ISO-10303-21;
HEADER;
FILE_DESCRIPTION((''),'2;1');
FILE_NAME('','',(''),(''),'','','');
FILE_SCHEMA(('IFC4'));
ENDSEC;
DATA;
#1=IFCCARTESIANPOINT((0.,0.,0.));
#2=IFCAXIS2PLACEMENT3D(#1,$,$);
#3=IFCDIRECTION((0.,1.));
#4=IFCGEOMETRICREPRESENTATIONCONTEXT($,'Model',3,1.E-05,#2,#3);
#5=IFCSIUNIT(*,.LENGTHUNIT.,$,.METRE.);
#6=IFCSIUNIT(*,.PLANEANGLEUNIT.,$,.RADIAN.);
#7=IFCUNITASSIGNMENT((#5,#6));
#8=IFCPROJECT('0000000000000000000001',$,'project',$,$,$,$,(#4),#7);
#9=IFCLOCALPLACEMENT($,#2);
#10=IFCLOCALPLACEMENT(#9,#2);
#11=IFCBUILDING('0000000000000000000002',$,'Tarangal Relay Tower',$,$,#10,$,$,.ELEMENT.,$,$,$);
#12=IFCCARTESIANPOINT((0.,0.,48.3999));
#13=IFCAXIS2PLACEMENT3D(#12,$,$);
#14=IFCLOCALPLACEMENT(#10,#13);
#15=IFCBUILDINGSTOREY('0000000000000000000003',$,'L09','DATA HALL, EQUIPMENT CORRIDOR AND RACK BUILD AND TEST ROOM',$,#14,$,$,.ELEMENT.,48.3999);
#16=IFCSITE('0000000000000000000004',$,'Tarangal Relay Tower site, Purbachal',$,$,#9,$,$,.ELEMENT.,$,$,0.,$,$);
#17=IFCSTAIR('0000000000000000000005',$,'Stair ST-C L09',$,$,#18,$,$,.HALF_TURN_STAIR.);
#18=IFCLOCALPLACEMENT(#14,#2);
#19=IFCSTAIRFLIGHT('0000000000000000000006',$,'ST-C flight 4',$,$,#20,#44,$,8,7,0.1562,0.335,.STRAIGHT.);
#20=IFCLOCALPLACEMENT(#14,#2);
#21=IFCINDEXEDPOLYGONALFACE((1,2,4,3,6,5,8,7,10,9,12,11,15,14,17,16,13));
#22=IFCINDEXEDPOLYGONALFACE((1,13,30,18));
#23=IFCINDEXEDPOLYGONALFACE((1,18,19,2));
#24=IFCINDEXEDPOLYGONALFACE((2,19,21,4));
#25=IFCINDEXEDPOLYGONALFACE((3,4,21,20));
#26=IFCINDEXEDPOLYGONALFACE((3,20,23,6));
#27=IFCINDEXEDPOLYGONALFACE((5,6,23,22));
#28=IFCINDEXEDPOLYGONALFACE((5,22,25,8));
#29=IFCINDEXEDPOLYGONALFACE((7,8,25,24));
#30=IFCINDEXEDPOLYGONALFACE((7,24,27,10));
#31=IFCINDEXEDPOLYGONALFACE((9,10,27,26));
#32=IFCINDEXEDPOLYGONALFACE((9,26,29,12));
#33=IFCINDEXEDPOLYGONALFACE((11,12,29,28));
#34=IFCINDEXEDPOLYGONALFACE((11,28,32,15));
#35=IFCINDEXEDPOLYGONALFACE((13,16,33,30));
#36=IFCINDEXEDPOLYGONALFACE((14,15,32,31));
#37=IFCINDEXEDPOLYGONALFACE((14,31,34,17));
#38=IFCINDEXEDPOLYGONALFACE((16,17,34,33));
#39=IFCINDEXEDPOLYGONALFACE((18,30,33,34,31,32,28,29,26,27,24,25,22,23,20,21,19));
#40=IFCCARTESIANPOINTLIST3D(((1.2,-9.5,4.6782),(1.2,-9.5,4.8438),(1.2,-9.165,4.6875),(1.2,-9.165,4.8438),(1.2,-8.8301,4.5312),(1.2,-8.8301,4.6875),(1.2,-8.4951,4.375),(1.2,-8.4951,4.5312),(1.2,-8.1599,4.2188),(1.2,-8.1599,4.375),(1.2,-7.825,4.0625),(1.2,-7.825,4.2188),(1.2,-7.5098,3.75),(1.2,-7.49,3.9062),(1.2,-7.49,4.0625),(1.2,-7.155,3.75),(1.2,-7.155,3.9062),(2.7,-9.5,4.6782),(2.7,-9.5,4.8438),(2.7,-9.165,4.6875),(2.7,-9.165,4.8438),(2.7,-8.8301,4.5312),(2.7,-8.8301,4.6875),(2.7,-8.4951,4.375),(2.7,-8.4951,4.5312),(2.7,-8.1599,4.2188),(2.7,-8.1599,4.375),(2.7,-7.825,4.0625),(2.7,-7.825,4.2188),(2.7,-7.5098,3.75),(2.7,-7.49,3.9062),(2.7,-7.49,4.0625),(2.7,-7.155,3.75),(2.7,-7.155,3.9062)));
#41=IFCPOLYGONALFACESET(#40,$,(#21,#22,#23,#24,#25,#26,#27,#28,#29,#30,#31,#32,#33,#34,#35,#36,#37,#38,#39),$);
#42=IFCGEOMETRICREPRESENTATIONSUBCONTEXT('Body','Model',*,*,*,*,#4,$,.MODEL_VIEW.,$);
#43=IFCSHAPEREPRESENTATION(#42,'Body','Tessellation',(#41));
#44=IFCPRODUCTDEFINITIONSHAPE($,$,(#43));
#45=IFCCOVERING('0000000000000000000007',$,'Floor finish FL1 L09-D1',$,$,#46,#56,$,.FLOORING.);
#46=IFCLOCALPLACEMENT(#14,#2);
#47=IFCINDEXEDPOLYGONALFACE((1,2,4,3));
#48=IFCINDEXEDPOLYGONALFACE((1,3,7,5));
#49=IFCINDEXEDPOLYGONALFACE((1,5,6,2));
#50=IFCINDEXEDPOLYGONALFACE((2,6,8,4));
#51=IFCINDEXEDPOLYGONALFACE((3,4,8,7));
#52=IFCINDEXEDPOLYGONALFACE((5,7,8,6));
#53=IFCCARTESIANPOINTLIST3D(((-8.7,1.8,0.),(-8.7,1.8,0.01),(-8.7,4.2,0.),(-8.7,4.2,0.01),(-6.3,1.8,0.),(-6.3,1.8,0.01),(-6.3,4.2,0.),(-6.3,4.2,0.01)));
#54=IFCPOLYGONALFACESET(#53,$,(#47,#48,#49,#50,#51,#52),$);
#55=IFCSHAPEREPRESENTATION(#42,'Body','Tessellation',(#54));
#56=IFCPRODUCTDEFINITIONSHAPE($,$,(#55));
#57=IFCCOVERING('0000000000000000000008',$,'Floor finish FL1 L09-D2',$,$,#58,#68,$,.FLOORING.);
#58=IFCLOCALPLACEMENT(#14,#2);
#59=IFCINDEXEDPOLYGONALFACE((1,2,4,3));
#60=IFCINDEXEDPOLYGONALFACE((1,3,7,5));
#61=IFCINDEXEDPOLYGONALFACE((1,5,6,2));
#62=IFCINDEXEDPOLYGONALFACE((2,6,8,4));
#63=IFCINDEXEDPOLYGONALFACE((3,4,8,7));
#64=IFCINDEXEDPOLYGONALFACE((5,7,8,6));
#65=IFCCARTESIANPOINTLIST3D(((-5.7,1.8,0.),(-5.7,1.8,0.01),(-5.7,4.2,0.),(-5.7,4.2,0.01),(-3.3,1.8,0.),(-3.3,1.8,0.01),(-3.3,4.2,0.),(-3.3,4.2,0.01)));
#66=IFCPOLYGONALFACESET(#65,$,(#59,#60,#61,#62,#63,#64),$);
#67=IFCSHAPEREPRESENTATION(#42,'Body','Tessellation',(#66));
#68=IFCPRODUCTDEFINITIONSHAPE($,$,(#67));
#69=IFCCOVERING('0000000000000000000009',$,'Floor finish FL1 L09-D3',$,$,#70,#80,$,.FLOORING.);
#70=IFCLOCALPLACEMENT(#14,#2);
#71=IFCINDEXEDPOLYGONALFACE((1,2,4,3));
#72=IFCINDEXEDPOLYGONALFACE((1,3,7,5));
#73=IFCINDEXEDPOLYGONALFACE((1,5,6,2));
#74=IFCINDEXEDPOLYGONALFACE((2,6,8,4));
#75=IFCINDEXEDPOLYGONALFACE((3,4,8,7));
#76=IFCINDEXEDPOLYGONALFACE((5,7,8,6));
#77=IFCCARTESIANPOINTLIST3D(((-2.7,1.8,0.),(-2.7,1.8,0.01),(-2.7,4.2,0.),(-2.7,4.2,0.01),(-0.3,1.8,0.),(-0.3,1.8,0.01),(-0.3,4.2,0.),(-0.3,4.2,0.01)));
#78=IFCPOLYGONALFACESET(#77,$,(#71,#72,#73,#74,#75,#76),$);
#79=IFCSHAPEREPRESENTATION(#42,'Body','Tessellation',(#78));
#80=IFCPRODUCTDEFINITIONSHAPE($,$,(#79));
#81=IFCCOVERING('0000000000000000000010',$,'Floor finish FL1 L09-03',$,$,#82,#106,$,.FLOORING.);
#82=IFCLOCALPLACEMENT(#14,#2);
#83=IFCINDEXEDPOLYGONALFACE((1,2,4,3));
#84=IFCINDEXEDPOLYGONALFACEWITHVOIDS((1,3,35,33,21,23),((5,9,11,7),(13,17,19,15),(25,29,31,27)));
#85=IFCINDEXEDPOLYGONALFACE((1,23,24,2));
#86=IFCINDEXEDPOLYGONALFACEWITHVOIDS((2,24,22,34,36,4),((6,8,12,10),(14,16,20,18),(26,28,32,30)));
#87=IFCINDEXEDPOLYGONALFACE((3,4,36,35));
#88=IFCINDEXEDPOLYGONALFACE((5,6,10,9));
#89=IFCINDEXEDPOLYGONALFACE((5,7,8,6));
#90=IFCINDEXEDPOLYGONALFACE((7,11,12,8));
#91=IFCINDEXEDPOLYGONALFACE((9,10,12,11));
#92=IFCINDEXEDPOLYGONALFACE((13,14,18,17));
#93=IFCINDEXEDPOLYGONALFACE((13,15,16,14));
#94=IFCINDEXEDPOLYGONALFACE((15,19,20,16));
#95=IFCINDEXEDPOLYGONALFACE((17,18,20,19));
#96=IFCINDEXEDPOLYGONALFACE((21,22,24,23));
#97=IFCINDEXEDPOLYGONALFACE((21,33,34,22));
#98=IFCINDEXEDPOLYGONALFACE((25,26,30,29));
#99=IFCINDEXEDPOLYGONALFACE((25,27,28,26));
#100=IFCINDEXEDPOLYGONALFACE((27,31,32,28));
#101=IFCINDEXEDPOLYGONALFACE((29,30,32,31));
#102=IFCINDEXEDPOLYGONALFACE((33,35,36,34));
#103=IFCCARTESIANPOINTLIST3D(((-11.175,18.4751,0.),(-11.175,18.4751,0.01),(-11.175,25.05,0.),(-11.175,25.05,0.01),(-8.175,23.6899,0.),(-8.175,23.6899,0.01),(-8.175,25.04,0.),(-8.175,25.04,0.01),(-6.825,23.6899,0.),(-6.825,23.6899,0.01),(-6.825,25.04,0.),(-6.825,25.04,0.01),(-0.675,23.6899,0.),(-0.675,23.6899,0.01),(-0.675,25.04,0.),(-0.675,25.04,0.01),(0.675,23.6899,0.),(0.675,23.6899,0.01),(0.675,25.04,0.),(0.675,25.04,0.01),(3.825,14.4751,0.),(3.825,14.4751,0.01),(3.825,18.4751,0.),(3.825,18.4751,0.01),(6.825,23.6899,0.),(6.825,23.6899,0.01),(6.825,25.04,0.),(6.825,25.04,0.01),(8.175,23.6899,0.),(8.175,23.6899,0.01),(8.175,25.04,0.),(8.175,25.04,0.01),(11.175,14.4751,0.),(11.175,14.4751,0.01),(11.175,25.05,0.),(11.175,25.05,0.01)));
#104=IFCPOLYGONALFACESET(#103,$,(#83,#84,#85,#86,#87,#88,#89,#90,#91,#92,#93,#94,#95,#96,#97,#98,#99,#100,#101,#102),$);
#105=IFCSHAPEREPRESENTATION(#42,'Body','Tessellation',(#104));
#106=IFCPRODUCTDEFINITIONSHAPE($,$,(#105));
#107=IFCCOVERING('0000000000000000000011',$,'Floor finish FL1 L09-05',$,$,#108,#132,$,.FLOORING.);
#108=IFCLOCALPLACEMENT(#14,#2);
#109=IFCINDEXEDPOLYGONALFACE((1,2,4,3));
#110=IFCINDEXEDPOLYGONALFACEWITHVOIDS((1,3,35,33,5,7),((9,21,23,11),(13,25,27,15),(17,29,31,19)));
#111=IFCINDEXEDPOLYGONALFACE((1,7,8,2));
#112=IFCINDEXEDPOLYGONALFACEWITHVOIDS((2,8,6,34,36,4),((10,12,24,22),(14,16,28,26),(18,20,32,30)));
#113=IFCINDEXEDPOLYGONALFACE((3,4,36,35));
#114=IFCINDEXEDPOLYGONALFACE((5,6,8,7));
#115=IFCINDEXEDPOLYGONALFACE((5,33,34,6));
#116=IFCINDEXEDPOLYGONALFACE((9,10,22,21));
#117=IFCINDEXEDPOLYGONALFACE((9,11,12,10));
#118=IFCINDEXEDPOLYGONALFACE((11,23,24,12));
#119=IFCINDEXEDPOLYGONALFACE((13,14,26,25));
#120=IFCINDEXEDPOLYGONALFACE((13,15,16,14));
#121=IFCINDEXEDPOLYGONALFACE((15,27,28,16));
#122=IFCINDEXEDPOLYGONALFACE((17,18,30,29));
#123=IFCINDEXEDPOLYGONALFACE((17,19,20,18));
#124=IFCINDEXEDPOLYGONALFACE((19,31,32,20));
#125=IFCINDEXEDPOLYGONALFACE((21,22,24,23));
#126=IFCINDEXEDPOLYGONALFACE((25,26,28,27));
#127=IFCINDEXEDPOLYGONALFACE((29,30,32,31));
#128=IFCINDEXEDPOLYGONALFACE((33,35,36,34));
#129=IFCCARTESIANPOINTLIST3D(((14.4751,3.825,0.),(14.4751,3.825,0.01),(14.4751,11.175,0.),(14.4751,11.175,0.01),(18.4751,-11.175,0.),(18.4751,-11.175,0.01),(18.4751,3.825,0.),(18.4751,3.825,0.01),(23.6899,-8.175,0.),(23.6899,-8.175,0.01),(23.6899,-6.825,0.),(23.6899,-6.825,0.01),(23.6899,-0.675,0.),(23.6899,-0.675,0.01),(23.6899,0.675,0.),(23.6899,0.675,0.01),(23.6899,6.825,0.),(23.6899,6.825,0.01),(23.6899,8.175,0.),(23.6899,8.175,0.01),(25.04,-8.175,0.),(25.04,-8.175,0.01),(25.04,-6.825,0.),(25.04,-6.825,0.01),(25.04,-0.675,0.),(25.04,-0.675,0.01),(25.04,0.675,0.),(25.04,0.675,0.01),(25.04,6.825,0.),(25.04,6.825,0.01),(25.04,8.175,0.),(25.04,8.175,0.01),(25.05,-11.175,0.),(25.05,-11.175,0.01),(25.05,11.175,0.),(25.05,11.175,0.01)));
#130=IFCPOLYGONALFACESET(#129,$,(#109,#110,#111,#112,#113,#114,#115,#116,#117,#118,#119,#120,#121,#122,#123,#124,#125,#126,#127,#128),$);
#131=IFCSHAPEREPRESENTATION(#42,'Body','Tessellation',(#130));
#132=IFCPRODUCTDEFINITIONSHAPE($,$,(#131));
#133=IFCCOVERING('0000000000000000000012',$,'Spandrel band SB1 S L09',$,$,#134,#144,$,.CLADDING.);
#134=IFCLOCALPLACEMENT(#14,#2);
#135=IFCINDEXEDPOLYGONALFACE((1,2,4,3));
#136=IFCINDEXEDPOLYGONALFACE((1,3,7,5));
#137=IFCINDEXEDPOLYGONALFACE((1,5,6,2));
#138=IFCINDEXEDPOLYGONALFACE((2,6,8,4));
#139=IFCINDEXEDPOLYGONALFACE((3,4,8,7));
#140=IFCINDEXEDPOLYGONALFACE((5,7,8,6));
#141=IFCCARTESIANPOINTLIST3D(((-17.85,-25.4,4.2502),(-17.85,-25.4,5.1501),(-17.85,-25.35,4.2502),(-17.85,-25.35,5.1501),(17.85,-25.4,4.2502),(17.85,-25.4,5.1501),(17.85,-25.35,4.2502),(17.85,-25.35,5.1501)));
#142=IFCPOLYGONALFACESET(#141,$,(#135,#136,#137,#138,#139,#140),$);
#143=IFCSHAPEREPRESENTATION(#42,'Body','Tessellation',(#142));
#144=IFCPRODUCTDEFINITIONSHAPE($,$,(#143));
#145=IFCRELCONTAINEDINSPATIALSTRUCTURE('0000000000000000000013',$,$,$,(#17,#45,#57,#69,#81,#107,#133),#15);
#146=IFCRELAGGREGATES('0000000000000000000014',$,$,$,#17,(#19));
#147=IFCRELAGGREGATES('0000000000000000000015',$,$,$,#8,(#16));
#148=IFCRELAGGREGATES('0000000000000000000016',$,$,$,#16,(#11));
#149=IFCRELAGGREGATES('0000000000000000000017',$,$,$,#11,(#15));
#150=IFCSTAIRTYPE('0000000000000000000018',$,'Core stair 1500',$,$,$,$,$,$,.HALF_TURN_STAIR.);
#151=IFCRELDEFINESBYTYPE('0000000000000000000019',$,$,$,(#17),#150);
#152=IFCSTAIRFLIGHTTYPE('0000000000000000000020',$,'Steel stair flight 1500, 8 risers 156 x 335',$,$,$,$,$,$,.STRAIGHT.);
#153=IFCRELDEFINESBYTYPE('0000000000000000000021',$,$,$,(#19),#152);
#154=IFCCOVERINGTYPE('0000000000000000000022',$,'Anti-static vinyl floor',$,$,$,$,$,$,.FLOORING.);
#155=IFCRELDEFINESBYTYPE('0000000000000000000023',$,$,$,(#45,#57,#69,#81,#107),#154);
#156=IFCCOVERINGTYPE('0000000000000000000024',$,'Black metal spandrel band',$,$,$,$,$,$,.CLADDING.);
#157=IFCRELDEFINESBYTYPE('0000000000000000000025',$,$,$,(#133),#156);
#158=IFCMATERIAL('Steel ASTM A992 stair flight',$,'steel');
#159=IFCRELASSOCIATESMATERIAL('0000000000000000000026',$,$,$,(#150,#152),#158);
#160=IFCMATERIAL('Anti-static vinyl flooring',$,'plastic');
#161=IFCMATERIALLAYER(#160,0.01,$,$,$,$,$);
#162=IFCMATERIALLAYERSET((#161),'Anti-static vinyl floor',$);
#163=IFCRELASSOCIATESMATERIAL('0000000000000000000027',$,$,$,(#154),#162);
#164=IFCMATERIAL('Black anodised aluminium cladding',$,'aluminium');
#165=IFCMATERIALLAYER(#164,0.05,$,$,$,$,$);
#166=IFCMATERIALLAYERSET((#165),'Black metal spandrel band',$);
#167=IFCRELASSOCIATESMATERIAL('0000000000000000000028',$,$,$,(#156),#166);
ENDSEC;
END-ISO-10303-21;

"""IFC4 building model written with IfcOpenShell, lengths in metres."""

from ifc_helpers import new_model, si_unit, direction, frame, origin, origin_2d, place, context, subcontext, project, spatial, polyline, rectangle, outline, extrude, material, layer, layer_set, type_object, element, aggregate, save


model = new_model("IFC4")

# Units and contexts
model_context = context("Model", 3, precision=1e-05, world=origin(), true_north=direction((0.0, 1.0)))
body_context = subcontext(model_context, "Body", "Model", "MODEL_VIEW")
ifc_project = project(units=[si_unit("LENGTHUNIT", "METRE"), si_unit("PLANEANGLEUNIT", "RADIAN")], contexts=[model_context])

# Site, building, storey
site_placement = place(None, origin())
site = spatial("IfcSite", under=ifc_project, at=site_placement, Name="Tarangal Relay Tower site, Purbachal", CompositionType="ELEMENT", RefElevation=0.0)
building_placement = place(site_placement, origin())
building = spatial("IfcBuilding", under=site, at=building_placement, Name="Tarangal Relay Tower", CompositionType="ELEMENT")
storey_placement = place(building_placement, frame((0.0, 0.0, 48.3999)))
storey = spatial("IfcBuildingStorey", under=building, at=storey_placement, Name="L09", Description="DATA HALL, EQUIPMENT CORRIDOR AND RACK BUILD AND TEST ROOM", CompositionType="ELEMENT", Elevation=48.3999)

# Shared definitions
ifc_material_1 = material(Name="Steel ASTM A992 stair flight", Category="steel")
stair_type = type_object("IfcStairType", Name="Core stair 1500", PredefinedType="HALF_TURN_STAIR", material=ifc_material_1)

# Stair, stair flight
stair_1_placement = place(storey_placement, origin())
stair_1 = element("IfcStair", 1, at=stair_1_placement, inside=storey, type_object=stair_type, Name="Stair ST-C L09", PredefinedType="HALF_TURN_STAIR")
stair_flight_type = type_object("IfcStairFlightType", Name="Steel stair flight 1500, 8 risers 156 x 335", PredefinedType="STRAIGHT", material=ifc_material_1)
stair_flight_1_placement = place(storey_placement, frame((1.95, -7.155, 3.75), z_axis=(0.0, 0.0, 1.0), x_axis=(0.0, -1.0, 0.0)))
stair_flight_1 = element("IfcStairFlight", 2, at=stair_flight_1_placement, type_object=stair_flight_type, Name="ST-C flight 4", NumberOfRisers=8, NumberOfTreads=7, PredefinedType="STRAIGHT", RiserHeight=0.1562, TreadLength=0.335, context=body_context, shape_type="SweptSolid", body=[
    extrude(outline(polyline([(0.0, 0.0), (0.0, 0.1562), (0.335, 0.1562), (0.335, 0.3125), (0.6699, 0.3125), (0.6699, 0.4688), (1.0049, 0.4688), (1.0049, 0.625), (1.3401, 0.625), (1.3401, 0.7812), (1.675, 0.7812), (1.675, 0.9375), (2.01, 0.9375), (2.01, 1.0938), (2.345, 1.0938), (2.345, 1.25), (2.345, 0.9282), (0.3547, 0.0), (0.0, 0.0)])), frame((0.0, 0.75, 0.0), z_axis=(0.0, -1.0, 0.0), x_axis=(1.0, 0.0, 0.0)), (0.0, 0.0, 1.0), 1.5),
])
aggregate(stair_1, [stair_flight_1])

# Coverings
ifc_material_2 = material(Name="Anti-static vinyl flooring", Category="plastic")
ifc_layer_1 = layer(ifc_material_2, 0.01)
ifc_layer_set_1 = layer_set([ifc_layer_1], Name="Anti-static vinyl floor")
covering_type_1 = type_object("IfcCoveringType", Name="Anti-static vinyl floor", PredefinedType="FLOORING", material=ifc_layer_set_1)
covering_1_placement = place(storey_placement, origin())
element("IfcCovering", 3, at=covering_1_placement, inside=storey, type_object=covering_type_1, Name="Floor finish FL1 L09-D1", PredefinedType="FLOORING", context=body_context, shape_type="SweptSolid", body=[
    extrude(outline(polyline([(-8.7, 1.8), (-6.3, 1.8), (-6.3, 4.2), (-8.7, 4.2), (-8.7, 1.8)])), origin(), (0.0, 0.0, 1.0), 0.01),
])
covering_2_placement = place(storey_placement, origin())
element("IfcCovering", 4, at=covering_2_placement, inside=storey, type_object=covering_type_1, Name="Floor finish FL1 L09-D2", PredefinedType="FLOORING", context=body_context, shape_type="SweptSolid", body=[
    extrude(outline(polyline([(-5.7, 1.8), (-3.3, 1.8), (-3.3, 4.2), (-5.7, 4.2), (-5.7, 1.8)])), origin(), (0.0, 0.0, 1.0), 0.01),
])
covering_3_placement = place(storey_placement, origin())
element("IfcCovering", 5, at=covering_3_placement, inside=storey, type_object=covering_type_1, Name="Floor finish FL1 L09-D3", PredefinedType="FLOORING", context=body_context, shape_type="SweptSolid", body=[
    extrude(outline(polyline([(-2.7, 1.8), (-0.3, 1.8), (-0.3, 4.2), (-2.7, 4.2), (-2.7, 1.8)])), origin(), (0.0, 0.0, 1.0), 0.01),
])
covering_4_placement = place(storey_placement, origin())
element("IfcCovering", 6, at=covering_4_placement, inside=storey, type_object=covering_type_1, Name="Floor finish FL1 L09-03", PredefinedType="FLOORING", context=body_context, shape_type="SweptSolid", body=[
    extrude(outline(polyline([(11.175, 25.05), (-11.175, 25.05), (-11.175, 18.4751), (3.825, 18.4751), (3.825, 14.4751), (11.175, 14.4751), (11.175, 25.05)]), holes=[polyline([(-6.825, 23.6899), (-6.825, 25.04), (-8.175, 25.04), (-8.175, 23.6899), (-6.825, 23.6899)]), polyline([(-0.675, 23.6899), (0.675, 23.6899), (0.675, 25.04), (-0.675, 25.04), (-0.675, 23.6899)]), polyline([(6.825, 23.6899), (8.175, 23.6899), (8.175, 25.04), (6.825, 25.04), (6.825, 23.6899)])]), origin(), (0.0, 0.0, 1.0), 0.01),
])
covering_5_placement = place(storey_placement, origin())
element("IfcCovering", 7, at=covering_5_placement, inside=storey, type_object=covering_type_1, Name="Floor finish FL1 L09-05", PredefinedType="FLOORING", context=body_context, shape_type="SweptSolid", body=[
    extrude(outline(polyline([(25.05, -11.175), (25.05, 11.175), (14.4751, 11.175), (14.4751, 3.825), (18.4751, 3.825), (18.4751, -11.175), (25.05, -11.175)]), holes=[polyline([(25.04, -8.175), (25.04, -6.825), (23.6899, -6.825), (23.6899, -8.175), (25.04, -8.175)]), polyline([(23.6899, -0.675), (25.04, -0.675), (25.04, 0.675), (23.6899, 0.675), (23.6899, -0.675)]), polyline([(23.6899, 6.825), (25.04, 6.825), (25.04, 8.175), (23.6899, 8.175), (23.6899, 6.825)])]), origin(), (0.0, 0.0, 1.0), 0.01),
])
ifc_material_3 = material(Name="Black anodised aluminium cladding", Category="aluminium")
ifc_layer_2 = layer(ifc_material_3, 0.05)
ifc_layer_set_2 = layer_set([ifc_layer_2], Name="Black metal spandrel band")
covering_type_2 = type_object("IfcCoveringType", Name="Black metal spandrel band", PredefinedType="CLADDING", material=ifc_layer_set_2)
covering_6_placement = place(storey_placement, frame((0.0, -25.375, 4.2502), z_axis=(0.0, 0.0, 1.0), x_axis=(-1.0, 0.0, 0.0)))
element("IfcCovering", 8, at=covering_6_placement, inside=storey, type_object=covering_type_2, Name="Spandrel band SB1 S L09", PredefinedType="CLADDING", context=body_context, shape_type="SweptSolid", body=[
    extrude(rectangle(XDim=35.7, YDim=0.05, at=origin_2d()), origin(), (0.0, 0.0, 1.0), 0.8999),
])

save(model, "model.ifc")
